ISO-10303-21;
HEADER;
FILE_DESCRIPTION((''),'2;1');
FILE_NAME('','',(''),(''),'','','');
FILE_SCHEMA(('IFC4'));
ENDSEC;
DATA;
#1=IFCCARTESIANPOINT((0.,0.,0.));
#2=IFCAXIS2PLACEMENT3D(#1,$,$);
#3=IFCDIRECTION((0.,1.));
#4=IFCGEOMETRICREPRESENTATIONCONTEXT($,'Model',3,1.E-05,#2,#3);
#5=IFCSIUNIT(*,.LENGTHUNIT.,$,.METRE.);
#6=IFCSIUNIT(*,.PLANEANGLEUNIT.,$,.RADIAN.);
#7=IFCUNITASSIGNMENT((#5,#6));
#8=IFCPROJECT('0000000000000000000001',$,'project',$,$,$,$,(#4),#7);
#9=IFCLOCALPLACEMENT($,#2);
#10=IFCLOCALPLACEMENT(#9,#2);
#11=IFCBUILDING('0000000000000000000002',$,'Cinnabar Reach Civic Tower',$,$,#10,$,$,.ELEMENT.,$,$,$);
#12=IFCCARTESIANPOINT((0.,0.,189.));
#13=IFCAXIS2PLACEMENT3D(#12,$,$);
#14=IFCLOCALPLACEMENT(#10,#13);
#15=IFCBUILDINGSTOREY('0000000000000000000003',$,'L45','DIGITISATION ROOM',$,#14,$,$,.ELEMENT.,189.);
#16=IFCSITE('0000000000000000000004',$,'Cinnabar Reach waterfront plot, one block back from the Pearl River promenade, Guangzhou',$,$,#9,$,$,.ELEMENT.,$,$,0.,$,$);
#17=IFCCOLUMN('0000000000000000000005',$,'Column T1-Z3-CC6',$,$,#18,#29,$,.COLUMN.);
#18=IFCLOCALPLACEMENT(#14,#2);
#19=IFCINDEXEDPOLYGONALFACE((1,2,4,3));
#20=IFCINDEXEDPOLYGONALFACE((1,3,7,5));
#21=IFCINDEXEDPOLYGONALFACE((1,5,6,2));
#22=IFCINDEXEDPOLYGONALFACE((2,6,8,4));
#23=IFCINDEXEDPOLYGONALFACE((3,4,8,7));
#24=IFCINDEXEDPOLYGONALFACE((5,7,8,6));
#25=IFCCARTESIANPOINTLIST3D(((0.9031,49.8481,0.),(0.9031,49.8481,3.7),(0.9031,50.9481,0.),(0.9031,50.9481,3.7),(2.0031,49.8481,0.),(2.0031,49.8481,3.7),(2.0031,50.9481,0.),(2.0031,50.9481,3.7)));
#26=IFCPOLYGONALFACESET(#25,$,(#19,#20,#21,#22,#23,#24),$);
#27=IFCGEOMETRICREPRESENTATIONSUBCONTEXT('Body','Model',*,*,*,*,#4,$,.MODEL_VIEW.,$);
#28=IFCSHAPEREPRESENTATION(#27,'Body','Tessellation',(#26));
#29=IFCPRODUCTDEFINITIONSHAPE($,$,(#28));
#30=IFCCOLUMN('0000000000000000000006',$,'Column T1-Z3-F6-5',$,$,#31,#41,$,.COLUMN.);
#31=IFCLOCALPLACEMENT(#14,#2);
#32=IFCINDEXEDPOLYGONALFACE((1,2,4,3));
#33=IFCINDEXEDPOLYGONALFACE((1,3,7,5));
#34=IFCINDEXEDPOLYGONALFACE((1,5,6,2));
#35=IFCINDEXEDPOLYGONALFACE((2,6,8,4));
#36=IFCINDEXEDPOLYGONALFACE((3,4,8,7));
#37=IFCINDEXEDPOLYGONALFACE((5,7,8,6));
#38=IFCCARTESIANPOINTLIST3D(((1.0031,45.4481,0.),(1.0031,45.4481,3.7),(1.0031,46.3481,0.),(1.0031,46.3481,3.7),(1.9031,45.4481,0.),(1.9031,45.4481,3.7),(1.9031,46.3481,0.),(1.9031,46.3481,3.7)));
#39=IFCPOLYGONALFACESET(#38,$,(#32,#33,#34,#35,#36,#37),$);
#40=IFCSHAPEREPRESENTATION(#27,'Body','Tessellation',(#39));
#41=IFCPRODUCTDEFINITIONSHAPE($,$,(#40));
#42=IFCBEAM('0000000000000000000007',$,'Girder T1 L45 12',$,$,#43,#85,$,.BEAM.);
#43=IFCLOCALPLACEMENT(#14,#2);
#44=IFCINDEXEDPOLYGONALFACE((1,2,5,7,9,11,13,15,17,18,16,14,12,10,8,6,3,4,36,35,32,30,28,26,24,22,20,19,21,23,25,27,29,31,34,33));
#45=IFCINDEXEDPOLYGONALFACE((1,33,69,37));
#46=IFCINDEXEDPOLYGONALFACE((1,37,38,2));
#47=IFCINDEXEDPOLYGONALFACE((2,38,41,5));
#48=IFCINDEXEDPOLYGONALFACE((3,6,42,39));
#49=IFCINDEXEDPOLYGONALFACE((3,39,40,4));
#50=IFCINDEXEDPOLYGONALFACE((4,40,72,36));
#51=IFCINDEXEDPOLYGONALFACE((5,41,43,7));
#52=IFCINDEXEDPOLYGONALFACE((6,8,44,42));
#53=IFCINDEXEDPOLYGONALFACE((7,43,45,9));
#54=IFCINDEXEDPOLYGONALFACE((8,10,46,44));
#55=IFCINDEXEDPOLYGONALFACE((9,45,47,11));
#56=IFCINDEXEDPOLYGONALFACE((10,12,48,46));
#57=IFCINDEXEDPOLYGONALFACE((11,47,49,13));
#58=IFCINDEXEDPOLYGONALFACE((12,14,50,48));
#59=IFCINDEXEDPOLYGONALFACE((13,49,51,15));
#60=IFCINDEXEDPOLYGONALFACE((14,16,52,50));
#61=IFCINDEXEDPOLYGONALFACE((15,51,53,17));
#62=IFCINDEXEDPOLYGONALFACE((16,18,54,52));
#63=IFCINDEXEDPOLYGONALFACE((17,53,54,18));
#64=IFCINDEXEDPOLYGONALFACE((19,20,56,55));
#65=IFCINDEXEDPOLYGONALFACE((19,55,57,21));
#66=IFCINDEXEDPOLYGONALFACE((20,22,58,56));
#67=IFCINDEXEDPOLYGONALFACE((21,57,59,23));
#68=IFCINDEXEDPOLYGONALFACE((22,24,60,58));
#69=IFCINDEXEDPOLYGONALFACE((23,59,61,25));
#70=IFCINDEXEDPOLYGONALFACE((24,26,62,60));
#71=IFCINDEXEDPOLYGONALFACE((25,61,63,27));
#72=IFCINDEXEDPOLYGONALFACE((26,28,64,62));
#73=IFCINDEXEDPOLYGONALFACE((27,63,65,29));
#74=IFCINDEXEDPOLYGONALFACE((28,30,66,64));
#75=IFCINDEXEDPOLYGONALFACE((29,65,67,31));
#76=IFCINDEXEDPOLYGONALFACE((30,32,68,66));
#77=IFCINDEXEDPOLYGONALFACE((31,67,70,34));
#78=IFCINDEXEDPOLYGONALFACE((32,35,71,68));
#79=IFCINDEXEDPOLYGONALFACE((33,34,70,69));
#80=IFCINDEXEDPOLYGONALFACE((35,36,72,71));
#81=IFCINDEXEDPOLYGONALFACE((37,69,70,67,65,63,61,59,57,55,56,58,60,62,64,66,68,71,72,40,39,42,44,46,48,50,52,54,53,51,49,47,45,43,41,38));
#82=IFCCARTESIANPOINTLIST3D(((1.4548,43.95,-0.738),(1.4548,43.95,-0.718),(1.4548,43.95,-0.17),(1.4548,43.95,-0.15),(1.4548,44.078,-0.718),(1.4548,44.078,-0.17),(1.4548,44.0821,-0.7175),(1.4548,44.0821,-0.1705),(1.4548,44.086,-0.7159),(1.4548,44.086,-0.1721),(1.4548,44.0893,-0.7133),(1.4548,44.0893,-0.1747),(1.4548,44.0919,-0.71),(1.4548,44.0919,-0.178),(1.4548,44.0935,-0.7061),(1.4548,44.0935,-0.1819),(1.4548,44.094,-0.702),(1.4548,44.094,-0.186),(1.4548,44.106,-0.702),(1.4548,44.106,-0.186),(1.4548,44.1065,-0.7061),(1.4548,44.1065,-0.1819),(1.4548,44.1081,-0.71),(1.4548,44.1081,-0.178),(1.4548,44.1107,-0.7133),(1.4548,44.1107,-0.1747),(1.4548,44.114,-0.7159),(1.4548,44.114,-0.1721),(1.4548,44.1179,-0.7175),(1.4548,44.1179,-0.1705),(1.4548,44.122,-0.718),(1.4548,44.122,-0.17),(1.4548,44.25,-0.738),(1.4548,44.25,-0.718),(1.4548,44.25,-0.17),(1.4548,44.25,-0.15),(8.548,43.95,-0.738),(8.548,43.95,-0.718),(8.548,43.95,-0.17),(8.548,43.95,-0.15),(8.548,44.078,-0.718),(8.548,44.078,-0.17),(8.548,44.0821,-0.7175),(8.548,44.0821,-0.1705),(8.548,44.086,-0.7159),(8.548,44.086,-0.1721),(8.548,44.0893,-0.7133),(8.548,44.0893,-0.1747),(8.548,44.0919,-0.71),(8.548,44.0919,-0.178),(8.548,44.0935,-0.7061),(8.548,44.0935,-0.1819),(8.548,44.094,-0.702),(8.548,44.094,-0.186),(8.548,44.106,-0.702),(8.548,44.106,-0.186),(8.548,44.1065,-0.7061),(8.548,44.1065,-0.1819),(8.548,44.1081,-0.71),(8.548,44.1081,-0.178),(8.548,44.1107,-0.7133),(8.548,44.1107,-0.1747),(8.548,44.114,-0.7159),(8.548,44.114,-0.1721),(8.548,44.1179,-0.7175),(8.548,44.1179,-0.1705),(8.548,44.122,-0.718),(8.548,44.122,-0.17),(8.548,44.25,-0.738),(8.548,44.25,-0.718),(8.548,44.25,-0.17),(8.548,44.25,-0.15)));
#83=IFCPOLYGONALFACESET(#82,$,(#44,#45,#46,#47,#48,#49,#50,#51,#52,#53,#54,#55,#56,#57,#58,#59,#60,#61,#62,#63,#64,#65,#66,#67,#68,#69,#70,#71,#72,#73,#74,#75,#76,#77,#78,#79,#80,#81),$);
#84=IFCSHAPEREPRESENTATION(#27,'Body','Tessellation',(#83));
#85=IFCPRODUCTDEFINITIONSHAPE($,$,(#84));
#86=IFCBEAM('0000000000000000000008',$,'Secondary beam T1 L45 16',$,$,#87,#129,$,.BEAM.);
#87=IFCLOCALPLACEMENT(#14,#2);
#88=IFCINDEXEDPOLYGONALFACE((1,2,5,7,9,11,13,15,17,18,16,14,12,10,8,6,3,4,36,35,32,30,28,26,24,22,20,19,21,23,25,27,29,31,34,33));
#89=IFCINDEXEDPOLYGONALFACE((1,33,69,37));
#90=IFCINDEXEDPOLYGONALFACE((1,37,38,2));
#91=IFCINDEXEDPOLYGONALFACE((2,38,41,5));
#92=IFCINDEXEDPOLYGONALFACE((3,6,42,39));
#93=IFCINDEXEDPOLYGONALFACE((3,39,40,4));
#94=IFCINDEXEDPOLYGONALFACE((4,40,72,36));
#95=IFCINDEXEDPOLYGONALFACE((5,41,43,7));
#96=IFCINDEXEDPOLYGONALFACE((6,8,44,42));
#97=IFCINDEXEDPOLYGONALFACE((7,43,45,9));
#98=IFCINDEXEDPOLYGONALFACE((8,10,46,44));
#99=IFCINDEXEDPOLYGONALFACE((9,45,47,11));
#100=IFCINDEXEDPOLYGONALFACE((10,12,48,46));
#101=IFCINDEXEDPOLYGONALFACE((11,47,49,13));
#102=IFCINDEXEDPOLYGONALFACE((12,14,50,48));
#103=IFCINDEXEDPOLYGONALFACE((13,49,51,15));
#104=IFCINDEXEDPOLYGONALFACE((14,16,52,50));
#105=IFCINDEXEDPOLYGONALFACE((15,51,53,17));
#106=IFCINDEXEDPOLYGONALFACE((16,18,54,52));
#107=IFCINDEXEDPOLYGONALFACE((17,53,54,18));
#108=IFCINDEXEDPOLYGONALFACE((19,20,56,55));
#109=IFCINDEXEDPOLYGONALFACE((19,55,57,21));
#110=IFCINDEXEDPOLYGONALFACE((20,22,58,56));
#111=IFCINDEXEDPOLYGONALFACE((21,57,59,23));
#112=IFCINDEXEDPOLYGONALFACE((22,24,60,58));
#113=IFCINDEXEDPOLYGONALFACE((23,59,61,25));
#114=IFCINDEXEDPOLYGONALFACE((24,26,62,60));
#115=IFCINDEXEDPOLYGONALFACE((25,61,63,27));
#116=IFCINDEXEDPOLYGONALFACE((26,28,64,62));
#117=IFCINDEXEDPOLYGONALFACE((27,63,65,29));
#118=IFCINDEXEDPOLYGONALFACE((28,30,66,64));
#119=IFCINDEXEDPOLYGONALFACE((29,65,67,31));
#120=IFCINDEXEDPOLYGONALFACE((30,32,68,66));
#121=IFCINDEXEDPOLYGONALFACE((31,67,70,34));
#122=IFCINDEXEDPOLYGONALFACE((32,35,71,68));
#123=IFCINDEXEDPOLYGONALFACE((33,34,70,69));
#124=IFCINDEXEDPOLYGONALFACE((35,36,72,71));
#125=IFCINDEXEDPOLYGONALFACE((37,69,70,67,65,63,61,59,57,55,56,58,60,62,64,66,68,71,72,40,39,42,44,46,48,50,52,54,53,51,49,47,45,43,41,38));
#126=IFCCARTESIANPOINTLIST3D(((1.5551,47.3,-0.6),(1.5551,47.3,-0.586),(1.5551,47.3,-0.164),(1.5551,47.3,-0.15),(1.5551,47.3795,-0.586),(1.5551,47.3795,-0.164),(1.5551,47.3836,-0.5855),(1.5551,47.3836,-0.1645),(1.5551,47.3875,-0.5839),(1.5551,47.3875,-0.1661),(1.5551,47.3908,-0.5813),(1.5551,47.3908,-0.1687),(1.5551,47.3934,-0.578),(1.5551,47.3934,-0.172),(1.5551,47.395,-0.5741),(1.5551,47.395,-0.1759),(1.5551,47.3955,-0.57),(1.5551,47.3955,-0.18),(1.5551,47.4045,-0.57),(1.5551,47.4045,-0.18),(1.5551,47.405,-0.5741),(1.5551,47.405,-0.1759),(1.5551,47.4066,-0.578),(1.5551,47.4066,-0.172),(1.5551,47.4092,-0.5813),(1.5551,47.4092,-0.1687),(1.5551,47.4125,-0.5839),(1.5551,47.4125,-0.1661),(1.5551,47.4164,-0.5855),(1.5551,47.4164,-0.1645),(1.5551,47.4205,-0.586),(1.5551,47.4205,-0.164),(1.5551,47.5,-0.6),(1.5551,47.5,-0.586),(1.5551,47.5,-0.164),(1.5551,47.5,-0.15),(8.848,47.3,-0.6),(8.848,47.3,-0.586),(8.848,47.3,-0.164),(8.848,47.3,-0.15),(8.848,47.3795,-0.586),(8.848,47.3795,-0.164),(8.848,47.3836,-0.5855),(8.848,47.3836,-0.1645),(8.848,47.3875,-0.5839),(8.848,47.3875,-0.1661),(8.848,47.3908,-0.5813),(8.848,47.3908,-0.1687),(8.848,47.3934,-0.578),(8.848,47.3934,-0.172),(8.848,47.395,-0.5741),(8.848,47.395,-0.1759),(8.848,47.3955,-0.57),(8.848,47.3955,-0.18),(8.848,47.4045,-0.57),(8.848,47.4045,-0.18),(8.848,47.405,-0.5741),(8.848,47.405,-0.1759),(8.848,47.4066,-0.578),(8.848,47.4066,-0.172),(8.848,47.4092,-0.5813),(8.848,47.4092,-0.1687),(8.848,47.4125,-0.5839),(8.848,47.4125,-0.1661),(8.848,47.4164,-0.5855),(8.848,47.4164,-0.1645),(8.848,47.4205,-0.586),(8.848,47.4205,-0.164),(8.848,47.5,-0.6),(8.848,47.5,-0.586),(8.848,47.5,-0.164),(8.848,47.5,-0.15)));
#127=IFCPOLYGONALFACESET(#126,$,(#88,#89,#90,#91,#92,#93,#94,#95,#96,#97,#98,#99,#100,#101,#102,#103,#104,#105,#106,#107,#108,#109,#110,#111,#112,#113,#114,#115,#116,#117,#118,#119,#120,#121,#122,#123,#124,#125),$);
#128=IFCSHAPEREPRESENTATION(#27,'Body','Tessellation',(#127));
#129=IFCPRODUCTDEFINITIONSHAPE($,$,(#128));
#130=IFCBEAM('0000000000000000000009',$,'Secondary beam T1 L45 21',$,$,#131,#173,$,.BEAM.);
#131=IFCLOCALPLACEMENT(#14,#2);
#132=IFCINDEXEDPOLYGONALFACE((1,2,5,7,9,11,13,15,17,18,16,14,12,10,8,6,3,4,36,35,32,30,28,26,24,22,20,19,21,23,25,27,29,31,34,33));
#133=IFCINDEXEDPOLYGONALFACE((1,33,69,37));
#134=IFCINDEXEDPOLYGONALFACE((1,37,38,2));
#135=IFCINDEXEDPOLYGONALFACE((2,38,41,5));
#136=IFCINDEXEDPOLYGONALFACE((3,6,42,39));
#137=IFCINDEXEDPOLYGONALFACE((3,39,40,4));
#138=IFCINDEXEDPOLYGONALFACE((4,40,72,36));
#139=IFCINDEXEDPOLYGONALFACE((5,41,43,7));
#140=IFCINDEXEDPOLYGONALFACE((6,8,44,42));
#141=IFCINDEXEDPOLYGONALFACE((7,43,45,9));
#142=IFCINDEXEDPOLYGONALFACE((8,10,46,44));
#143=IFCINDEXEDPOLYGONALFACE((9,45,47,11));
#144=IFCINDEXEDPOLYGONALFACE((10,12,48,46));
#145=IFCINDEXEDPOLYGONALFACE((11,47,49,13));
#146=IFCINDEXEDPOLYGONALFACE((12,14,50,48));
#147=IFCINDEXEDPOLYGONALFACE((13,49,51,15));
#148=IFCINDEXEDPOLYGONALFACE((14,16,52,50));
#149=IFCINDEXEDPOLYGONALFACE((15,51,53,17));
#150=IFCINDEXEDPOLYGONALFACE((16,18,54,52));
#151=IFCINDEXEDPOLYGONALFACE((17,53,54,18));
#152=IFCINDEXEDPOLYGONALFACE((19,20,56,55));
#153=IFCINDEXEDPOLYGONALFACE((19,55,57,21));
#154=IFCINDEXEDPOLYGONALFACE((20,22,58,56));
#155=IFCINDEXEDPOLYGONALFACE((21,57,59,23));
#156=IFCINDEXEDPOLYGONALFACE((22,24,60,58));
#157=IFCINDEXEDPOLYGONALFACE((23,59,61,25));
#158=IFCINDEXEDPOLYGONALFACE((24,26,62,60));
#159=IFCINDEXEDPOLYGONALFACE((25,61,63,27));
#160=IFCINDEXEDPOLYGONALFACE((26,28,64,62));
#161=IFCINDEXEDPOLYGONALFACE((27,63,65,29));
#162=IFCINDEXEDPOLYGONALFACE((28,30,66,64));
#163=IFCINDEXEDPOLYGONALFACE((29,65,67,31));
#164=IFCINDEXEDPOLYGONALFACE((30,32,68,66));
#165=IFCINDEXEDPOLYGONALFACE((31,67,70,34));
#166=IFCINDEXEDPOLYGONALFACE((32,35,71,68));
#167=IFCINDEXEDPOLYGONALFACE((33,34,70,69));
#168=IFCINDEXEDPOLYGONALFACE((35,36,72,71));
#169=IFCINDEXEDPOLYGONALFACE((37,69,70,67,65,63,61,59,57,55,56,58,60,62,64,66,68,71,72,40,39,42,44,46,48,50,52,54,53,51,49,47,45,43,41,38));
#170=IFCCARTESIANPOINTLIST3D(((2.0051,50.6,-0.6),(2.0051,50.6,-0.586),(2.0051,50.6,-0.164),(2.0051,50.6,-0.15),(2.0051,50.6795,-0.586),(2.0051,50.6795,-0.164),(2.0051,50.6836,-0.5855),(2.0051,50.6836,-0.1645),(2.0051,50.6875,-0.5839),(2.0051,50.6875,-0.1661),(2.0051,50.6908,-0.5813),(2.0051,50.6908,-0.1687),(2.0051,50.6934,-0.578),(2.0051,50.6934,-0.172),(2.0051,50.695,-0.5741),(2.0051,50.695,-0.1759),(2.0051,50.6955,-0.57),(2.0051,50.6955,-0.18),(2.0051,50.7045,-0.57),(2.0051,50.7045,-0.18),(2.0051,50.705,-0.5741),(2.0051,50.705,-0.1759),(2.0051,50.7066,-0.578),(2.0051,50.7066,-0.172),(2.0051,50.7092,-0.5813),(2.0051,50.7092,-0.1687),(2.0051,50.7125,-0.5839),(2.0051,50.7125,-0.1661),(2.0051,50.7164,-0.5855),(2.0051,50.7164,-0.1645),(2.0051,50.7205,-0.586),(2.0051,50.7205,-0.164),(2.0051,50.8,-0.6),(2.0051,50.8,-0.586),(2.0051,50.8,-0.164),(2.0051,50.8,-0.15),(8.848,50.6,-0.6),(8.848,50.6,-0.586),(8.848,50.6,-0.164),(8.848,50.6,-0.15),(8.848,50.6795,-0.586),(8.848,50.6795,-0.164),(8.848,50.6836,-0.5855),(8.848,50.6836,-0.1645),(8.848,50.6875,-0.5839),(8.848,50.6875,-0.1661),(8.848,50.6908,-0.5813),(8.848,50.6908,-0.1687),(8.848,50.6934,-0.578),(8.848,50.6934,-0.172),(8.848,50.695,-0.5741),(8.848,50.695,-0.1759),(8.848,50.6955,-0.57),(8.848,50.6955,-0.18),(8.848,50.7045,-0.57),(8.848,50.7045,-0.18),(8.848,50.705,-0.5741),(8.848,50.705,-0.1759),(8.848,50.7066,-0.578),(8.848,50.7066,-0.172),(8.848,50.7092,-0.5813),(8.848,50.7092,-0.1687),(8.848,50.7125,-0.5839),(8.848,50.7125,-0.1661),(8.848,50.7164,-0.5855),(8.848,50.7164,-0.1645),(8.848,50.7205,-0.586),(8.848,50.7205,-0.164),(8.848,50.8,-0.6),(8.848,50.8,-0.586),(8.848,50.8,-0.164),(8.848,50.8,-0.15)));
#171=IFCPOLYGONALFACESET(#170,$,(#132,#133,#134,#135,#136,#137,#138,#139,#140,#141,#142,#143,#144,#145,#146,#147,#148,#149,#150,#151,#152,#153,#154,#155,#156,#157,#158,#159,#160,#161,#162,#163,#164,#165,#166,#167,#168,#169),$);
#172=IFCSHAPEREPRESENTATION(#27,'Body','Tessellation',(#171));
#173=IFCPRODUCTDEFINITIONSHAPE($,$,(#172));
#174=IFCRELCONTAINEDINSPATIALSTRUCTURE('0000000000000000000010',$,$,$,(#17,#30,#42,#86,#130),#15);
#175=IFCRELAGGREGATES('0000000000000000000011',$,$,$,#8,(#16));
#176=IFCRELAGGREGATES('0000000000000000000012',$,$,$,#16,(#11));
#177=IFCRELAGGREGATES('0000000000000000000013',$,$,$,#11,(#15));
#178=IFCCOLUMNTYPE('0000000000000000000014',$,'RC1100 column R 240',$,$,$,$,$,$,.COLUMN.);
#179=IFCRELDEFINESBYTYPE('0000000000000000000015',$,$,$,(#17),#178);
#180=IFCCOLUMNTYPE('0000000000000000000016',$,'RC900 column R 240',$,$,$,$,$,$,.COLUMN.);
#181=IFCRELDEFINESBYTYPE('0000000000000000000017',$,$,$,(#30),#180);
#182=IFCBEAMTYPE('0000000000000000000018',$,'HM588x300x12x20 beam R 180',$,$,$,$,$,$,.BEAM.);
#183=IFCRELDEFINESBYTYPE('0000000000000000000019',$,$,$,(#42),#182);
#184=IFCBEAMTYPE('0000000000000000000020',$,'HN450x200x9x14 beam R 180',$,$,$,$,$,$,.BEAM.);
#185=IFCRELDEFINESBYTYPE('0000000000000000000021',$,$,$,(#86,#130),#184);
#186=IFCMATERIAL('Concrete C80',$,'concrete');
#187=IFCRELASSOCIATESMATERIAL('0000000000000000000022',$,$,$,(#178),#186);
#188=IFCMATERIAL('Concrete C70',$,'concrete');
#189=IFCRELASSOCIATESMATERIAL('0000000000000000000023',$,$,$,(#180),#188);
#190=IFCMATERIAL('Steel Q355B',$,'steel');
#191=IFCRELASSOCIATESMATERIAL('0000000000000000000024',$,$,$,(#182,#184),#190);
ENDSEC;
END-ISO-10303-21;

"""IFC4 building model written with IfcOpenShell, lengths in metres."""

from ifc_helpers import new_model, si_unit, direction, frame, origin, origin_2d, place, context, subcontext, project, spatial, rectangle, i_section, extrude, material, material_profile, profile_set, type_object, element, save


model = new_model("IFC4")

# Units and contexts
model_context = context("Model", 3, precision=1e-05, world=origin(), true_north=direction((0.0, 1.0)))
body_context = subcontext(model_context, "Body", "Model", "MODEL_VIEW")
ifc_project = project(units=[si_unit("LENGTHUNIT", "METRE"), si_unit("PLANEANGLEUNIT", "RADIAN")], contexts=[model_context])

# Site, building, storey
site_placement = place(None, origin())
site = spatial("IfcSite", under=ifc_project, at=site_placement, Name="Cinnabar Reach waterfront plot, one block back from the Pearl River promenade, Guangzhou", CompositionType="ELEMENT", RefElevation=0.0)
building_placement = place(site_placement, origin())
building = spatial("IfcBuilding", under=site, at=building_placement, Name="Cinnabar Reach Civic Tower", CompositionType="ELEMENT")
storey_placement = place(building_placement, frame((0.0, 0.0, 189.0)))
storey = spatial("IfcBuildingStorey", under=building, at=storey_placement, Name="L45", Description="DIGITISATION ROOM", CompositionType="ELEMENT", Elevation=189.0)

# Columns
ifc_material_1 = material(Name="Concrete C80", Category="concrete")
ifc_material_profile_1 = material_profile(ifc_material_1, rectangle(XDim=1.1, YDim=1.1, at=origin_2d()), Name="RC1100")
ifc_profile_set_1 = profile_set([ifc_material_profile_1], Name="Concrete C80")
column_type_1 = type_object("IfcColumnType", Name="RC1100 column R 240", PredefinedType="COLUMN", material=ifc_profile_set_1)
column_1_placement = place(storey_placement, frame((1.4531, 50.3981, 0.0), z_axis=(0.0, 0.0, 1.0), x_axis=(1.0, 0.0, 0.0)))
element("IfcColumn", 1, at=column_1_placement, inside=storey, type_object=column_type_1, Name="Column T1-Z3-CC6", PredefinedType="COLUMN", context=body_context, shape_type="SweptSolid", body=[
    extrude(rectangle(XDim=1.1, YDim=1.1, at=origin_2d()), origin(), (0.0, 0.0, 1.0), 3.7),
])
ifc_material_2 = material(Name="Concrete C70", Category="concrete")
ifc_material_profile_2 = material_profile(ifc_material_2, rectangle(XDim=0.9, YDim=0.9, at=origin_2d()), Name="RC900")
ifc_profile_set_2 = profile_set([ifc_material_profile_2], Name="Concrete C70")
column_type_2 = type_object("IfcColumnType", Name="RC900 column R 240", PredefinedType="COLUMN", material=ifc_profile_set_2)
column_2_placement = place(storey_placement, frame((1.4531, 45.8981, 0.0), z_axis=(0.0, 0.0, 1.0), x_axis=(1.0, 0.0, 0.0)))
element("IfcColumn", 2, at=column_2_placement, inside=storey, type_object=column_type_2, Name="Column T1-Z3-F6-5", PredefinedType="COLUMN", context=body_context, shape_type="SweptSolid", body=[
    extrude(rectangle(XDim=0.9, YDim=0.9, at=origin_2d()), origin(), (0.0, 0.0, 1.0), 3.7),
])

# Beams
ifc_material_3 = material(Name="Steel Q355B", Category="steel")
ifc_material_profile_3 = material_profile(ifc_material_3, i_section(OverallWidth=0.3, OverallDepth=0.588, WebThickness=0.012, FlangeThickness=0.02, FilletRadius=0.016, at=origin_2d()), Name="HM588x300x12x20")
ifc_profile_set_3 = profile_set([ifc_material_profile_3], Name="Steel Q355B")
beam_type_1 = type_object("IfcBeamType", Name="HM588x300x12x20 beam R 180", PredefinedType="BEAM", material=ifc_profile_set_3)
beam_1_placement = place(storey_placement, frame((1.4548, 44.1, -0.444), z_axis=(1.0, 0.0, 0.0), x_axis=(0.0, 1.0, 0.0)))
element("IfcBeam", 3, at=beam_1_placement, inside=storey, type_object=beam_type_1, Name="Girder T1 L45 12", PredefinedType="BEAM", context=body_context, shape_type="SweptSolid", body=[
    extrude(i_section(OverallWidth=0.3, OverallDepth=0.588, WebThickness=0.012, FlangeThickness=0.02, FilletRadius=0.016, at=origin_2d()), origin(), (0.0, 0.0, 1.0), 7.0932),
])
ifc_material_profile_4 = material_profile(ifc_material_3, i_section(OverallWidth=0.2, OverallDepth=0.45, WebThickness=0.009, FlangeThickness=0.014, FilletRadius=0.016, at=origin_2d()), Name="HN450x200x9x14")
ifc_profile_set_4 = profile_set([ifc_material_profile_4], Name="Steel Q355B")
beam_type_2 = type_object("IfcBeamType", Name="HN450x200x9x14 beam R 180", PredefinedType="BEAM", material=ifc_profile_set_4)
beam_2_placement = place(storey_placement, frame((1.5551, 47.4, -0.375), z_axis=(1.0, 0.0, 0.0), x_axis=(0.0, 1.0, 0.0)))
element("IfcBeam", 4, at=beam_2_placement, inside=storey, type_object=beam_type_2, Name="Secondary beam T1 L45 16", PredefinedType="BEAM", context=body_context, shape_type="SweptSolid", body=[
    extrude(i_section(OverallWidth=0.2, OverallDepth=0.45, WebThickness=0.009, FlangeThickness=0.014, FilletRadius=0.016, at=origin_2d()), origin(), (0.0, 0.0, 1.0), 7.2929),
])
beam_3_placement = place(storey_placement, frame((2.0051, 50.7, -0.375), z_axis=(1.0, 0.0, 0.0), x_axis=(0.0, 1.0, 0.0)))
element("IfcBeam", 5, at=beam_3_placement, inside=storey, type_object=beam_type_2, Name="Secondary beam T1 L45 21", PredefinedType="BEAM", context=body_context, shape_type="SweptSolid", body=[
    extrude(i_section(OverallWidth=0.2, OverallDepth=0.45, WebThickness=0.009, FlangeThickness=0.014, FilletRadius=0.016, at=origin_2d()), origin(), (0.0, 0.0, 1.0), 6.8429),
])

save(model, "model.ifc")
